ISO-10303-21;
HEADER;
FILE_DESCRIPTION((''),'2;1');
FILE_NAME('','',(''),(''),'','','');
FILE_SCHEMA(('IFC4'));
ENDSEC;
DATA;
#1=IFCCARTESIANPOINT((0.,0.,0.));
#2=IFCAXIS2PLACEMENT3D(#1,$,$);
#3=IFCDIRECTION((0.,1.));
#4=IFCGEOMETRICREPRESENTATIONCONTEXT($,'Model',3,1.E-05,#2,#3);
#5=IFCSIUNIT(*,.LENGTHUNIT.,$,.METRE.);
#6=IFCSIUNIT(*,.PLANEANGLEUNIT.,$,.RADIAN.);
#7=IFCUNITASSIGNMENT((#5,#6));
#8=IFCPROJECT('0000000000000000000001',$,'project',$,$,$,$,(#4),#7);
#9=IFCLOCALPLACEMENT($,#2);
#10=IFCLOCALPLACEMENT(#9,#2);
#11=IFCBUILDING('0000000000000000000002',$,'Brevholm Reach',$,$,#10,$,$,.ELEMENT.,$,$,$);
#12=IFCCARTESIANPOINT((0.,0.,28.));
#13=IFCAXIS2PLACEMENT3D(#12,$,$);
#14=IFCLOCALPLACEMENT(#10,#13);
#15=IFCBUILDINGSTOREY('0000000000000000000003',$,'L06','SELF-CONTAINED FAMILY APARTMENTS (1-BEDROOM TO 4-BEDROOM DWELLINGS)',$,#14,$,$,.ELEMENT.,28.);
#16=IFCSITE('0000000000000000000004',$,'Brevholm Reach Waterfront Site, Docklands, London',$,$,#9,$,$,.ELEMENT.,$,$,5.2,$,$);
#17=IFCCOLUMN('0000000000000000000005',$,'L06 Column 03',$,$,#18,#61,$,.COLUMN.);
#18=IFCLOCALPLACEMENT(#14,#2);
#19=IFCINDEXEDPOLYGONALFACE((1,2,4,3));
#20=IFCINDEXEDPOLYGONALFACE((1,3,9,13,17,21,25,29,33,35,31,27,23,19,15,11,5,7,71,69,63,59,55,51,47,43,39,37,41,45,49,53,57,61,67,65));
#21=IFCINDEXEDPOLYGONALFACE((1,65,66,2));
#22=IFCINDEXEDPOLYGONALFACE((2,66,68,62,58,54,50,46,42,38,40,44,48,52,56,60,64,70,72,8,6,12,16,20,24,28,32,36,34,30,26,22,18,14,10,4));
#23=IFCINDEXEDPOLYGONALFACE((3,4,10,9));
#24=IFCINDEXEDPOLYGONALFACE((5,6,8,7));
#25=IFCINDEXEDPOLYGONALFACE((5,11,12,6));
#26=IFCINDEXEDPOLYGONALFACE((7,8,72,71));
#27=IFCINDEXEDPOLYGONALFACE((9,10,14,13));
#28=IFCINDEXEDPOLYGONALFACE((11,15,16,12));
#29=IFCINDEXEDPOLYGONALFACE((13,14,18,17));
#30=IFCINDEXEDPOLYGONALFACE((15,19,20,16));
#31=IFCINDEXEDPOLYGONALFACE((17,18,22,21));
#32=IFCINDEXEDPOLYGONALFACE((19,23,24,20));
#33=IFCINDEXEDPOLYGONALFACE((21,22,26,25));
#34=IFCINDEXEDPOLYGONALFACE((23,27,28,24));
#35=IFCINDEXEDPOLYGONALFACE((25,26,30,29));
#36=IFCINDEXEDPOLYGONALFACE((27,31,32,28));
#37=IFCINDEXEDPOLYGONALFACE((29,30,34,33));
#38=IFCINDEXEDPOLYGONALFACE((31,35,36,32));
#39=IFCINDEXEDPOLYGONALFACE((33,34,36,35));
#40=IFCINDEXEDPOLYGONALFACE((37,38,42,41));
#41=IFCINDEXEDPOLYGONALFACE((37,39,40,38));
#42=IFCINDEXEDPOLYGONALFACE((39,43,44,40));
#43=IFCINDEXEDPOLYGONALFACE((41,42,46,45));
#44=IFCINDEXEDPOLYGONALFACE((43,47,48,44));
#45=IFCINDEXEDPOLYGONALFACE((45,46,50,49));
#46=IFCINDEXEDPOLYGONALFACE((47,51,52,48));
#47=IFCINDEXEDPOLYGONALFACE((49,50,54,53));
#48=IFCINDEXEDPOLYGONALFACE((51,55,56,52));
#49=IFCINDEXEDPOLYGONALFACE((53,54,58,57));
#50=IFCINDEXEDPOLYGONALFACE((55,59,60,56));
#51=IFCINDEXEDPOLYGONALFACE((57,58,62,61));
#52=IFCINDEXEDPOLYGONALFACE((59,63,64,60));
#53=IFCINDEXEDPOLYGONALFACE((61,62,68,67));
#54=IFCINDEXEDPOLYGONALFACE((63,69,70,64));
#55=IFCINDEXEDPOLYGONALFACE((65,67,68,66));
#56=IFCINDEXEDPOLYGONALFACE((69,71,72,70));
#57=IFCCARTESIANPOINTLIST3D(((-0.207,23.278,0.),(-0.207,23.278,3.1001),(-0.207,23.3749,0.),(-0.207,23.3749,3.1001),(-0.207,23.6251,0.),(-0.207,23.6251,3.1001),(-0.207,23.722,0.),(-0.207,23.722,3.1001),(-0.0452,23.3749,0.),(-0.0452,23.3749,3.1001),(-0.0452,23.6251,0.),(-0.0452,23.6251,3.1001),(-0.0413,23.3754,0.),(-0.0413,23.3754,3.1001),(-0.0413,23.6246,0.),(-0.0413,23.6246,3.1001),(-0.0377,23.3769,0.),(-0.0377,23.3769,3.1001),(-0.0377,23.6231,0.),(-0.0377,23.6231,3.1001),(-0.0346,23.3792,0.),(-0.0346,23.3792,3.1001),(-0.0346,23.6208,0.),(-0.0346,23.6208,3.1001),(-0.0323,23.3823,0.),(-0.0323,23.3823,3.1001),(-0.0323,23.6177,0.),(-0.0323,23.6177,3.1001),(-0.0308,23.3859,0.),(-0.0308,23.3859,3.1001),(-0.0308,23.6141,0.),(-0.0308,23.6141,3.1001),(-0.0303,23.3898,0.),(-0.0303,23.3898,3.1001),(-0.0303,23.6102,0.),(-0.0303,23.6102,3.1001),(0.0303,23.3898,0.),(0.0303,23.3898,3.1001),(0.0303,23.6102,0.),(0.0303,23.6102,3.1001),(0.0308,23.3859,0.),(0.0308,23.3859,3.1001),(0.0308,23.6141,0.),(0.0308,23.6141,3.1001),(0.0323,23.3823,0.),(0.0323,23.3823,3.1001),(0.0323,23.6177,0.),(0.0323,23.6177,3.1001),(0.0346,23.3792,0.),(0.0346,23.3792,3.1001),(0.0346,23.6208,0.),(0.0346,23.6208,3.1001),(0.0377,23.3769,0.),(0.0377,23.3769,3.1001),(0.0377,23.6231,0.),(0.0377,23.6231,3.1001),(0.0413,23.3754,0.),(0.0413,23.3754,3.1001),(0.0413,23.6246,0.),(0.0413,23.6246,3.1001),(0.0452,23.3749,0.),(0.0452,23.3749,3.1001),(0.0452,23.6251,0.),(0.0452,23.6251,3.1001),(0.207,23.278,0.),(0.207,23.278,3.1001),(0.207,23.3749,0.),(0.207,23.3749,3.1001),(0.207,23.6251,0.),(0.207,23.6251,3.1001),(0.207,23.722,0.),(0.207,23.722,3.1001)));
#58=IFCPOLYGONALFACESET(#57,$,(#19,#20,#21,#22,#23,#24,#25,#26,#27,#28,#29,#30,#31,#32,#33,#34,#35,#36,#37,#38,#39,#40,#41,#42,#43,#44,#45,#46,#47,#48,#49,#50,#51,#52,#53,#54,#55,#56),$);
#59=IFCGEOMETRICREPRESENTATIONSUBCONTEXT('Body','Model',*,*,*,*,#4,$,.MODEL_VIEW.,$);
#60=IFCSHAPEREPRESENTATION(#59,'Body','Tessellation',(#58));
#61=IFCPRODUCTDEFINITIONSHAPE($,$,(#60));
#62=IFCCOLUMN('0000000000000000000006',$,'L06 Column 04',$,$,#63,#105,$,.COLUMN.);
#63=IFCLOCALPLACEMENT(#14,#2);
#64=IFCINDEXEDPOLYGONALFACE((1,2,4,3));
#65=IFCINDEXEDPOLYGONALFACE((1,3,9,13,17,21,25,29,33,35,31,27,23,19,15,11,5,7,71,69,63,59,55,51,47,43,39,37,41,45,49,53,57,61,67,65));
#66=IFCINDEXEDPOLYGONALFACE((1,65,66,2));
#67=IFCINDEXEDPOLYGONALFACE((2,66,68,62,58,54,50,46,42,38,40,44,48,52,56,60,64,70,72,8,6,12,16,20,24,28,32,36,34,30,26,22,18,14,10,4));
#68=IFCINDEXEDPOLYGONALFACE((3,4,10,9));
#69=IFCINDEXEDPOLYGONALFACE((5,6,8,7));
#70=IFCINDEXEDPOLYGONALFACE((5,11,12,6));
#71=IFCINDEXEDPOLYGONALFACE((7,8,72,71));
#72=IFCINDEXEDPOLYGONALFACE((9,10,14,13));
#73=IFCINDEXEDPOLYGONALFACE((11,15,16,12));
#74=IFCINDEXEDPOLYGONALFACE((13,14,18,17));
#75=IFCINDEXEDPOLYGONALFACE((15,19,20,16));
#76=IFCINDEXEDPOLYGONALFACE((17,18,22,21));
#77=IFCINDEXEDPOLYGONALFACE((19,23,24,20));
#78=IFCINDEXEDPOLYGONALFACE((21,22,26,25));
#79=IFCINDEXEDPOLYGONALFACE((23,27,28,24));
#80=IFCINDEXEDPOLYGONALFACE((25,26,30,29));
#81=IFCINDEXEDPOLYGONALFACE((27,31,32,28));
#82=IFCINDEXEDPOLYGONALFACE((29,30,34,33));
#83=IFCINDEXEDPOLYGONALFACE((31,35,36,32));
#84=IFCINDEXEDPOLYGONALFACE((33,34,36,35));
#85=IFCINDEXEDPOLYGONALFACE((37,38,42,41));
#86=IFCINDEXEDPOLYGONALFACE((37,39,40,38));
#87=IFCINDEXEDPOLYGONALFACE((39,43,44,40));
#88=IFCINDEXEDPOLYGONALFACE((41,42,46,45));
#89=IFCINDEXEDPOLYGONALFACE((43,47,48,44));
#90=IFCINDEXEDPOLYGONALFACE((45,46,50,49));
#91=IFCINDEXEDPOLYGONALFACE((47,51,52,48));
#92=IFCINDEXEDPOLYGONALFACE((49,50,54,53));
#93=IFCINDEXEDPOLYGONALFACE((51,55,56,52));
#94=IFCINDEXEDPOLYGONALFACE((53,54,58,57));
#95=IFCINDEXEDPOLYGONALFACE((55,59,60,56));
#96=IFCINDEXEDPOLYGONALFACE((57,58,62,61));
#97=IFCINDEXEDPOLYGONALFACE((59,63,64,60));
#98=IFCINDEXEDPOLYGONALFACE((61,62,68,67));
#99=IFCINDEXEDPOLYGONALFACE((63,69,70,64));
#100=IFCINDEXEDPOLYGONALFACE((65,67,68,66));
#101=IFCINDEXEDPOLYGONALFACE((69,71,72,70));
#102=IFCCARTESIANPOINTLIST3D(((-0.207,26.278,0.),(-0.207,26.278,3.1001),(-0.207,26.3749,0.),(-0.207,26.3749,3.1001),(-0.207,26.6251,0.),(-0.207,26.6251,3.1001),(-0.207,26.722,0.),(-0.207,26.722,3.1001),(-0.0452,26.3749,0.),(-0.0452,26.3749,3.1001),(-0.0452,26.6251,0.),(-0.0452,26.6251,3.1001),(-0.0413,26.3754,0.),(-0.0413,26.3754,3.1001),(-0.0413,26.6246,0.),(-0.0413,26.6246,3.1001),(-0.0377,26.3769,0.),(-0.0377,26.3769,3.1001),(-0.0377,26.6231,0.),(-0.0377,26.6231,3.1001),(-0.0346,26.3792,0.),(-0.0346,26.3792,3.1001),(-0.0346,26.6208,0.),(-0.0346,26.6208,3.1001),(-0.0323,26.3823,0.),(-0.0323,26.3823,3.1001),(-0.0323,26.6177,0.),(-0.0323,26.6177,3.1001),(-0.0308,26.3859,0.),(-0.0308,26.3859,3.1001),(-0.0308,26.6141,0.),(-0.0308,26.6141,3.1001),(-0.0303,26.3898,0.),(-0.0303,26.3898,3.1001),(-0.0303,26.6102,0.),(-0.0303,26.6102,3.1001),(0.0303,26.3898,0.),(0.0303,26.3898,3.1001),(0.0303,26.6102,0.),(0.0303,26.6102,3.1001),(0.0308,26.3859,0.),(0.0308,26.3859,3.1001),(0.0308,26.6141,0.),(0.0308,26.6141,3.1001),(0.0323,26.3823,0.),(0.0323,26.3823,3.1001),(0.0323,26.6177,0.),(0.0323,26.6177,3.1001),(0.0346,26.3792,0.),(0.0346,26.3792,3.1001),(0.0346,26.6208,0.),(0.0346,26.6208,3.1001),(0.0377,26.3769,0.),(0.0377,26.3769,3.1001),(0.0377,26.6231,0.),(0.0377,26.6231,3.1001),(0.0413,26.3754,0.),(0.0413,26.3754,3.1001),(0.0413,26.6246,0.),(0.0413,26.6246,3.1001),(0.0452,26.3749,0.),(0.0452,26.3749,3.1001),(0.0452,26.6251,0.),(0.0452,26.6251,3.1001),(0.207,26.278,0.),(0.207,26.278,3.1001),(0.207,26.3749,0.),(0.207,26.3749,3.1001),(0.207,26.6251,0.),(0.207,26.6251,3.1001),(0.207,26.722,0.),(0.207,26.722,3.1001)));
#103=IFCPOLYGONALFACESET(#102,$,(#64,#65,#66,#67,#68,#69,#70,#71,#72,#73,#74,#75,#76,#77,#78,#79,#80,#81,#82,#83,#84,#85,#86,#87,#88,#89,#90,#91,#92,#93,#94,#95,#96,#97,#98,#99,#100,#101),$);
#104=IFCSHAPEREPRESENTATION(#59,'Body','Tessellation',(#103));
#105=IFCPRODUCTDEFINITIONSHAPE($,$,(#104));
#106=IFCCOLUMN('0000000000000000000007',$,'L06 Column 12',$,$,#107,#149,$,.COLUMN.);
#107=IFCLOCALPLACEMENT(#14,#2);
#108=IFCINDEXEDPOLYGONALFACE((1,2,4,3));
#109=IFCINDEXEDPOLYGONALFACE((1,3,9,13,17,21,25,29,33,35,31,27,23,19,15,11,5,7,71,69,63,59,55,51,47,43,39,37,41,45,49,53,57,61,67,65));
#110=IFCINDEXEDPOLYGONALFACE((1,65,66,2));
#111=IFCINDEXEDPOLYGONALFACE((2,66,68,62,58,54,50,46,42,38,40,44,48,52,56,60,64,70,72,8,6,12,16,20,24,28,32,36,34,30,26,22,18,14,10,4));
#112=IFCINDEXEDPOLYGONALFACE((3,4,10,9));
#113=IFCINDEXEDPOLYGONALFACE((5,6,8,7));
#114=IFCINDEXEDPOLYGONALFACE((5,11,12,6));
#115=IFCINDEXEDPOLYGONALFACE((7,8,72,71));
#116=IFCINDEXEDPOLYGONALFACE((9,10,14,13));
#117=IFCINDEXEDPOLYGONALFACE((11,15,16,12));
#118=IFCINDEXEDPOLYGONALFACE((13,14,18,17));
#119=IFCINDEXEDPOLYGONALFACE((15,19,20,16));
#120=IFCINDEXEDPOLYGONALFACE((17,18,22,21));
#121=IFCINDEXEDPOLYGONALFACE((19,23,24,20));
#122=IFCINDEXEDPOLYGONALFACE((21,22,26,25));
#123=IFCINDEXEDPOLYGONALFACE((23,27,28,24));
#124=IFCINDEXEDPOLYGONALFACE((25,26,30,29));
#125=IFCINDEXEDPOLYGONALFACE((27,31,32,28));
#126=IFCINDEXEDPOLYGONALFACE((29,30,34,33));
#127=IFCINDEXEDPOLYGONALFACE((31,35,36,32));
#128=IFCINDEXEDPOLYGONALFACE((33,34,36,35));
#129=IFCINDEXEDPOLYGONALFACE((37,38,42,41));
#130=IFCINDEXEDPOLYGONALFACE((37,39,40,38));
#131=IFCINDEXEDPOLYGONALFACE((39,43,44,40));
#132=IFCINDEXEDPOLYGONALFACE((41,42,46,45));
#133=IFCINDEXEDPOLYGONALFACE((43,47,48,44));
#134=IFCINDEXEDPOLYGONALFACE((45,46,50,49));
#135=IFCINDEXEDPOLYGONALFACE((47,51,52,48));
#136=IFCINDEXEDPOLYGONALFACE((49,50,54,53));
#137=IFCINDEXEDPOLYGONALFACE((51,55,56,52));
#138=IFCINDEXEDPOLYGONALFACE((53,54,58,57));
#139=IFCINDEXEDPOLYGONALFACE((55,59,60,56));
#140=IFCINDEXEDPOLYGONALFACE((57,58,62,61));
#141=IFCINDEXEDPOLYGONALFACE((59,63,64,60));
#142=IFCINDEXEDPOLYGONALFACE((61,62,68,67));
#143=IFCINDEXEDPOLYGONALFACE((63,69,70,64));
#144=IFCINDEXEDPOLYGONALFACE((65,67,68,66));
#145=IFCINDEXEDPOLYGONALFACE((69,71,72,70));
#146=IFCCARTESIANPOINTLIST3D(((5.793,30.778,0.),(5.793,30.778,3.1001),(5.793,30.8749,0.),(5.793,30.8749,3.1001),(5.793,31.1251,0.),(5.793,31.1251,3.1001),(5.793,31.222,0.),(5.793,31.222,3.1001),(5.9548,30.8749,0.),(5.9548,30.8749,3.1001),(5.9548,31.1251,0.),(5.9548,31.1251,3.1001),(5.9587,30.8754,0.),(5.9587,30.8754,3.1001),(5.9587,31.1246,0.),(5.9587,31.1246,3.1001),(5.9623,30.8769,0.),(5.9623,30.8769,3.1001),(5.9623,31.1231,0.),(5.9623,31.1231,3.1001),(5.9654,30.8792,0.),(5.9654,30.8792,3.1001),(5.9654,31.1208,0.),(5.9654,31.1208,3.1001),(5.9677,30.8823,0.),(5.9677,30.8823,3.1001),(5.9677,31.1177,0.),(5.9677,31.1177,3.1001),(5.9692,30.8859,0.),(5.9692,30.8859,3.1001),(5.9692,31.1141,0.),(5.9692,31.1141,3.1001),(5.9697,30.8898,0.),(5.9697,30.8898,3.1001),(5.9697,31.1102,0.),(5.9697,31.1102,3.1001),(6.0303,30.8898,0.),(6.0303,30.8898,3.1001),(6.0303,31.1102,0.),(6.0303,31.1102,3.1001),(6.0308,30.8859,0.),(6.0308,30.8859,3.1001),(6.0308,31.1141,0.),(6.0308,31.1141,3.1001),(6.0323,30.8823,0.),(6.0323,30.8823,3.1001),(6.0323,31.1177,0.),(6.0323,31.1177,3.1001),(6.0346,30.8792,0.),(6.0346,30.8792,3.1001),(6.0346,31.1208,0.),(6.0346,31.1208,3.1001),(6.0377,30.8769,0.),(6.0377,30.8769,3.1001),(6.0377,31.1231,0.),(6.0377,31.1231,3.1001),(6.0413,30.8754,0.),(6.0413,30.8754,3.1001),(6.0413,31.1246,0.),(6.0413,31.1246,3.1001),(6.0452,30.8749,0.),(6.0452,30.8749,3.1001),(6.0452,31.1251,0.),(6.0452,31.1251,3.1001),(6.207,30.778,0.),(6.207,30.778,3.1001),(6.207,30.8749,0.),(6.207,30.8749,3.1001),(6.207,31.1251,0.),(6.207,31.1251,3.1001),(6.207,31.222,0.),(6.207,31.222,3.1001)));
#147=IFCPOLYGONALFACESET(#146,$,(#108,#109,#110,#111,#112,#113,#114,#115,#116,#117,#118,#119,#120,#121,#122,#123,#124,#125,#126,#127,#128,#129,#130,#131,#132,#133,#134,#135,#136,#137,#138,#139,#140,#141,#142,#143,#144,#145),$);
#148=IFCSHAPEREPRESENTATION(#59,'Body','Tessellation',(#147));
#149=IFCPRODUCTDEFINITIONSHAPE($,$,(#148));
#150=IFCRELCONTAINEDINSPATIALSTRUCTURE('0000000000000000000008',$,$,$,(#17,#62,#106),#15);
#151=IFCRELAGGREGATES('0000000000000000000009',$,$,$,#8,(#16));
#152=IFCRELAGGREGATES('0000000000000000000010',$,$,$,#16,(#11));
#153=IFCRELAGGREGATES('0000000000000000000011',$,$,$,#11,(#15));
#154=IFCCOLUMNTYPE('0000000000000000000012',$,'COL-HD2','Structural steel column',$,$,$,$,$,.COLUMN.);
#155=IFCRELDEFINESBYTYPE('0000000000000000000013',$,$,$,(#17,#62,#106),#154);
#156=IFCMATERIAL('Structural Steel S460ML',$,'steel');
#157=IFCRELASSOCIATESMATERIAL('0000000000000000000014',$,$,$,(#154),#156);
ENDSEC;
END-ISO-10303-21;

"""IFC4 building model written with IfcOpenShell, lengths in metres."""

from ifc_helpers import new_model, si_unit, direction, frame, origin, origin_2d, place, context, subcontext, project, spatial, i_section, extrude, material, material_profile, profile_set, type_object, element, save


model = new_model("IFC4")

# Units and contexts
model_context = context("Model", 3, precision=1e-05, world=origin(), true_north=direction((0.0, 1.0)))
body_context = subcontext(model_context, "Body", "Model", "MODEL_VIEW")
ifc_project = project(units=[si_unit("LENGTHUNIT", "METRE"), si_unit("PLANEANGLEUNIT", "RADIAN")], contexts=[model_context])

# Site, building, storey
site_placement = place(None, origin())
site = spatial("IfcSite", under=ifc_project, at=site_placement, Name="Brevholm Reach Waterfront Site, Docklands, London", CompositionType="ELEMENT", RefElevation=5.2)
building_placement = place(site_placement, origin())
building = spatial("IfcBuilding", under=site, at=building_placement, Name="Brevholm Reach", CompositionType="ELEMENT")
storey_placement = place(building_placement, frame((0.0, 0.0, 28.0)))
storey = spatial("IfcBuildingStorey", under=building, at=storey_placement, Name="L06", Description="SELF-CONTAINED FAMILY APARTMENTS (1-BEDROOM TO 4-BEDROOM DWELLINGS)", CompositionType="ELEMENT", Elevation=28.0)

# Columns
ifc_material_1 = material(Name="Structural Steel S460ML", Category="steel")
ifc_material_profile_1 = material_profile(ifc_material_1, i_section(OverallWidth=0.4141, OverallDepth=0.4441, WebThickness=0.0605, FlangeThickness=0.0969, FilletRadius=0.0149, at=origin_2d()), Name="HD 400x818")
ifc_profile_set_1 = profile_set([ifc_material_profile_1], Name="Structural Steel S460ML")
column_type_1 = type_object("IfcColumnType", Name="COL-HD2", Description="Structural steel column", PredefinedType="COLUMN", material=ifc_profile_set_1)
for number, where, z_axis, x_axis, name in (
    (1, (0.0, 23.5, 0.0), (0.0, 0.0, 1.0), (1.0, 0.0, 0.0), "L06 Column 03"),
    (2, (0.0, 26.5, 0.0), (0.0, 0.0, 1.0), (1.0, 0.0, 0.0), "L06 Column 04"),
    (3, (6.0, 31.0, 0.0), (0.0, 0.0, 1.0), (1.0, 0.0, 0.0), "L06 Column 12"),
):
    element("IfcColumn", number, at=place(storey_placement, frame(where, z_axis=z_axis, x_axis=x_axis)), inside=storey, type_object=column_type_1, Name=name, PredefinedType="COLUMN", context=body_context, shape_type="SweptSolid", body=[
        extrude(i_section(OverallWidth=0.4141, OverallDepth=0.4441, WebThickness=0.0605, FlangeThickness=0.0969, FilletRadius=0.0149, at=origin_2d()), origin(), (0.0, 0.0, 1.0), 3.1001),
    ])

save(model, "model.ifc")
